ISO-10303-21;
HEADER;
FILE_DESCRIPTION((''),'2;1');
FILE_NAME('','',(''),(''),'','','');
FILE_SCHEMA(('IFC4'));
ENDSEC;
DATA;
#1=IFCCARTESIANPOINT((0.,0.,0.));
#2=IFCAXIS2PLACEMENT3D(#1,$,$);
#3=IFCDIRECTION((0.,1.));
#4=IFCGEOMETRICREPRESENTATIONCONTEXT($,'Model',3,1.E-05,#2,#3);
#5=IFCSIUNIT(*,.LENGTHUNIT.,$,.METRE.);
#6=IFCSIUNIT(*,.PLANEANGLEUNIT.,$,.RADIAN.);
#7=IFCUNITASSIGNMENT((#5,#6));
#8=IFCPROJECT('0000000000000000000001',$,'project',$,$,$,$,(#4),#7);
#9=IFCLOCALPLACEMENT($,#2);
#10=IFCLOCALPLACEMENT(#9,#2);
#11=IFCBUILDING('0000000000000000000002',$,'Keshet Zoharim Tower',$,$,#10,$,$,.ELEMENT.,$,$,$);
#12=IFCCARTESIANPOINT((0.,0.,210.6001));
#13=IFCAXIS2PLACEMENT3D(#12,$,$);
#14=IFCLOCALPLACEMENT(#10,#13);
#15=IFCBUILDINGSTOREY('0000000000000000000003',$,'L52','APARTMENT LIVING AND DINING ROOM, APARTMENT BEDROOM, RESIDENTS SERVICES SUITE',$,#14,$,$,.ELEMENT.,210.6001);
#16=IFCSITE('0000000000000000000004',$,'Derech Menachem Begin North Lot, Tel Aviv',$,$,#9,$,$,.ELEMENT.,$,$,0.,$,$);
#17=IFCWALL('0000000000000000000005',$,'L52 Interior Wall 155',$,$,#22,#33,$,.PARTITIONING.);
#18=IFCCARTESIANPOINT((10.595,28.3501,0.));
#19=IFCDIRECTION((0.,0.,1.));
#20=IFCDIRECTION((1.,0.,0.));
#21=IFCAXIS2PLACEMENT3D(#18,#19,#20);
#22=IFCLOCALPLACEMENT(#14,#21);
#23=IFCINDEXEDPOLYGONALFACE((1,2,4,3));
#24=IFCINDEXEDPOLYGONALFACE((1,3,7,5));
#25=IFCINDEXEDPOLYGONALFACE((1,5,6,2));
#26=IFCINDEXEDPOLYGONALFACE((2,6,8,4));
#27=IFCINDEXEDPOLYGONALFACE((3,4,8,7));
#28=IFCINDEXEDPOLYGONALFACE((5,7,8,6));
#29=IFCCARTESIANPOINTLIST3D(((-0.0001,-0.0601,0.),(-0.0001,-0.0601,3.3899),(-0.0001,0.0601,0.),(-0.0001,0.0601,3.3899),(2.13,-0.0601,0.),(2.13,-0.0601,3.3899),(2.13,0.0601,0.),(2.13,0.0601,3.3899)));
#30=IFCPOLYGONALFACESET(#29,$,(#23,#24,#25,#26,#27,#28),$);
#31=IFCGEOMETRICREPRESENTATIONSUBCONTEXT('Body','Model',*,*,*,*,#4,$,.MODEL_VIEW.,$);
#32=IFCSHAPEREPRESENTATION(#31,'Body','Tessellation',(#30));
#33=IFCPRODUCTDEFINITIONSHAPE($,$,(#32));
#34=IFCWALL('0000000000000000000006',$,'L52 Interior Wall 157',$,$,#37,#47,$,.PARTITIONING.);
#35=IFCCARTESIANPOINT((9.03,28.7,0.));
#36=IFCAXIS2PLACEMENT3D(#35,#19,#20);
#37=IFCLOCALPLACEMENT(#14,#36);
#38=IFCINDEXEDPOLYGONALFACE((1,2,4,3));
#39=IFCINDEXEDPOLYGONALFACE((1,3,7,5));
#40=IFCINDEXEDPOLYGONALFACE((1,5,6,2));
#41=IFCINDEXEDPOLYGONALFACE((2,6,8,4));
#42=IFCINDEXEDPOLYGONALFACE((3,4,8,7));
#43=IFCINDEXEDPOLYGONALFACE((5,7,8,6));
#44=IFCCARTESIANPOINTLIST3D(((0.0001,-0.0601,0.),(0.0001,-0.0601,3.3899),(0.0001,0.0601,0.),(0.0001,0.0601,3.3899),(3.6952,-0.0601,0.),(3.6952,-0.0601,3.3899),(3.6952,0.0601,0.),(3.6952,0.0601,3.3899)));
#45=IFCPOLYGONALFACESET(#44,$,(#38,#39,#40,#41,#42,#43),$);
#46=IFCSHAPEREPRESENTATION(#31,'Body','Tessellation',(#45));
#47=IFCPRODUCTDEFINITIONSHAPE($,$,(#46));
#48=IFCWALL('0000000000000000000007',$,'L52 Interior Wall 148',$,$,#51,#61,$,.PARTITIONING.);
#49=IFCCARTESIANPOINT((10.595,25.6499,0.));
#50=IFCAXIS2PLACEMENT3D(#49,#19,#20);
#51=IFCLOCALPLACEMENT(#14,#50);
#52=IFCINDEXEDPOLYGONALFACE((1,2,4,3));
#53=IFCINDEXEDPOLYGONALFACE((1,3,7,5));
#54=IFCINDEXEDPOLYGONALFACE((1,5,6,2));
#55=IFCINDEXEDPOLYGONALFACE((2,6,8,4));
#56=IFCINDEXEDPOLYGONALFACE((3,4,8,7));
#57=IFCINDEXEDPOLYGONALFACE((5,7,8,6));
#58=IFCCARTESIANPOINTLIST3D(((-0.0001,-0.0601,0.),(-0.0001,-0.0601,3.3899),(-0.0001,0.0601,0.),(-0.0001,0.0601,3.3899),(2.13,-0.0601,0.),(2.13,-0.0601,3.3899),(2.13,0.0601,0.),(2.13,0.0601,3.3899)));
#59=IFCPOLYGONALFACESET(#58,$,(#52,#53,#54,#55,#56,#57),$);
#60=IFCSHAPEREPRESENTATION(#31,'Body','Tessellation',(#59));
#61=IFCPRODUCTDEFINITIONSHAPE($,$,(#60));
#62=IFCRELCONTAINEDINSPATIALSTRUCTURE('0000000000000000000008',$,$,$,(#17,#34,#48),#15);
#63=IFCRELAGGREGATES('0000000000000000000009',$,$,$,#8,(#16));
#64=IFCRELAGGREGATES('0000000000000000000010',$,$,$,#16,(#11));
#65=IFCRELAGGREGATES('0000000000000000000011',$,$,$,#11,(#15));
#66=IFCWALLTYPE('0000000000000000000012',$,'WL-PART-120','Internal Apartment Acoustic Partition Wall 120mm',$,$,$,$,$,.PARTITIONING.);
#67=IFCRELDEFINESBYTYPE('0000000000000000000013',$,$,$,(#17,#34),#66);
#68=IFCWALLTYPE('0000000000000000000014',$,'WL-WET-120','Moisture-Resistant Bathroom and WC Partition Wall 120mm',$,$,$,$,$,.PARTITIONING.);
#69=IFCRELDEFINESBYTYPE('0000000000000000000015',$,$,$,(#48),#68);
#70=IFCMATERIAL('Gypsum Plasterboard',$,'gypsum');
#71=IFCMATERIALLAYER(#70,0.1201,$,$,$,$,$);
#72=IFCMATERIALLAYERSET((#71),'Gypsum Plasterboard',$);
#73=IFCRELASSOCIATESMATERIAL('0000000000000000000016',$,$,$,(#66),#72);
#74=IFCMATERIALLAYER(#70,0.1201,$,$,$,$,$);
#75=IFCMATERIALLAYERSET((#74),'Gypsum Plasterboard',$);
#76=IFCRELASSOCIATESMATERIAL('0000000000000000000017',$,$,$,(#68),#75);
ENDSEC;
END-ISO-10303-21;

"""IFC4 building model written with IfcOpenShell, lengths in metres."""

from ifc_helpers import new_model, si_unit, direction, frame, frame_2d, origin, place, context, subcontext, project, spatial, rectangle, extrude, material, layer, layer_set, type_object, element, save


model = new_model("IFC4")

# Units and contexts
model_context = context("Model", 3, precision=1e-05, world=origin(), true_north=direction((0.0, 1.0)))
body_context = subcontext(model_context, "Body", "Model", "MODEL_VIEW")
ifc_project = project(units=[si_unit("LENGTHUNIT", "METRE"), si_unit("PLANEANGLEUNIT", "RADIAN")], contexts=[model_context])

# Site, building, storey
site_placement = place(None, origin())
site = spatial("IfcSite", under=ifc_project, at=site_placement, Name="Derech Menachem Begin North Lot, Tel Aviv", CompositionType="ELEMENT", RefElevation=0.0)
building_placement = place(site_placement, origin())
building = spatial("IfcBuilding", under=site, at=building_placement, Name="Keshet Zoharim Tower", CompositionType="ELEMENT")
storey_placement = place(building_placement, frame((0.0, 0.0, 210.6001)))
storey = spatial("IfcBuildingStorey", under=building, at=storey_placement, Name="L52", Description="APARTMENT LIVING AND DINING ROOM, APARTMENT BEDROOM, RESIDENTS SERVICES SUITE", CompositionType="ELEMENT", Elevation=210.6001)

# Shared definitions
ifc_material_1 = material(Name="Gypsum Plasterboard", Category="gypsum")

# Shared definitions
ifc_layer_1 = layer(ifc_material_1, 0.1201)
ifc_layer_set_1 = layer_set([ifc_layer_1], Name="Gypsum Plasterboard")
wall_type_1 = type_object("IfcWallType", Name="WL-PART-120", Description="Internal Apartment Acoustic Partition Wall 120mm", PredefinedType="PARTITIONING", material=ifc_layer_set_1)

# Walls
wall_1_placement = place(storey_placement, frame((10.595, 28.3501, 0.0), z_axis=(0.0, 0.0, 1.0), x_axis=(1.0, 0.0, 0.0)))
element("IfcWall", 1, at=wall_1_placement, inside=storey, type_object=wall_type_1, Name="L52 Interior Wall 155", PredefinedType="PARTITIONING", context=body_context, shape_type="SweptSolid", body=[
    extrude(rectangle(XDim=2.1301, YDim=0.1201, at=frame_2d((1.0649, 0.0))), origin(), (0.0, 0.0, 1.0), 3.3899),
])
wall_2_placement = place(storey_placement, frame((9.03, 28.7, 0.0), z_axis=(0.0, 0.0, 1.0), x_axis=(1.0, 0.0, 0.0)))
element("IfcWall", 2, at=wall_2_placement, inside=storey, type_object=wall_type_1, Name="L52 Interior Wall 157", PredefinedType="PARTITIONING", context=body_context, shape_type="SweptSolid", body=[
    extrude(rectangle(XDim=3.6951, YDim=0.1201, at=frame_2d((1.8477, 0.0))), origin(), (0.0, 0.0, 1.0), 3.3899),
])

# Wall
ifc_layer_2 = layer(ifc_material_1, 0.1201)
ifc_layer_set_2 = layer_set([ifc_layer_2], Name="Gypsum Plasterboard")
wall_type_2 = type_object("IfcWallType", Name="WL-WET-120", Description="Moisture-Resistant Bathroom and WC Partition Wall 120mm", PredefinedType="PARTITIONING", material=ifc_layer_set_2)
wall_3_placement = place(storey_placement, frame((10.595, 25.6499, 0.0), z_axis=(0.0, 0.0, 1.0), x_axis=(1.0, 0.0, 0.0)))
element("IfcWall", 3, at=wall_3_placement, inside=storey, type_object=wall_type_2, Name="L52 Interior Wall 148", PredefinedType="PARTITIONING", context=body_context, shape_type="SweptSolid", body=[
    extrude(rectangle(XDim=2.1301, YDim=0.1201, at=frame_2d((1.0649, 0.0))), origin(), (0.0, 0.0, 1.0), 3.3899),
])

save(model, "model.ifc")
